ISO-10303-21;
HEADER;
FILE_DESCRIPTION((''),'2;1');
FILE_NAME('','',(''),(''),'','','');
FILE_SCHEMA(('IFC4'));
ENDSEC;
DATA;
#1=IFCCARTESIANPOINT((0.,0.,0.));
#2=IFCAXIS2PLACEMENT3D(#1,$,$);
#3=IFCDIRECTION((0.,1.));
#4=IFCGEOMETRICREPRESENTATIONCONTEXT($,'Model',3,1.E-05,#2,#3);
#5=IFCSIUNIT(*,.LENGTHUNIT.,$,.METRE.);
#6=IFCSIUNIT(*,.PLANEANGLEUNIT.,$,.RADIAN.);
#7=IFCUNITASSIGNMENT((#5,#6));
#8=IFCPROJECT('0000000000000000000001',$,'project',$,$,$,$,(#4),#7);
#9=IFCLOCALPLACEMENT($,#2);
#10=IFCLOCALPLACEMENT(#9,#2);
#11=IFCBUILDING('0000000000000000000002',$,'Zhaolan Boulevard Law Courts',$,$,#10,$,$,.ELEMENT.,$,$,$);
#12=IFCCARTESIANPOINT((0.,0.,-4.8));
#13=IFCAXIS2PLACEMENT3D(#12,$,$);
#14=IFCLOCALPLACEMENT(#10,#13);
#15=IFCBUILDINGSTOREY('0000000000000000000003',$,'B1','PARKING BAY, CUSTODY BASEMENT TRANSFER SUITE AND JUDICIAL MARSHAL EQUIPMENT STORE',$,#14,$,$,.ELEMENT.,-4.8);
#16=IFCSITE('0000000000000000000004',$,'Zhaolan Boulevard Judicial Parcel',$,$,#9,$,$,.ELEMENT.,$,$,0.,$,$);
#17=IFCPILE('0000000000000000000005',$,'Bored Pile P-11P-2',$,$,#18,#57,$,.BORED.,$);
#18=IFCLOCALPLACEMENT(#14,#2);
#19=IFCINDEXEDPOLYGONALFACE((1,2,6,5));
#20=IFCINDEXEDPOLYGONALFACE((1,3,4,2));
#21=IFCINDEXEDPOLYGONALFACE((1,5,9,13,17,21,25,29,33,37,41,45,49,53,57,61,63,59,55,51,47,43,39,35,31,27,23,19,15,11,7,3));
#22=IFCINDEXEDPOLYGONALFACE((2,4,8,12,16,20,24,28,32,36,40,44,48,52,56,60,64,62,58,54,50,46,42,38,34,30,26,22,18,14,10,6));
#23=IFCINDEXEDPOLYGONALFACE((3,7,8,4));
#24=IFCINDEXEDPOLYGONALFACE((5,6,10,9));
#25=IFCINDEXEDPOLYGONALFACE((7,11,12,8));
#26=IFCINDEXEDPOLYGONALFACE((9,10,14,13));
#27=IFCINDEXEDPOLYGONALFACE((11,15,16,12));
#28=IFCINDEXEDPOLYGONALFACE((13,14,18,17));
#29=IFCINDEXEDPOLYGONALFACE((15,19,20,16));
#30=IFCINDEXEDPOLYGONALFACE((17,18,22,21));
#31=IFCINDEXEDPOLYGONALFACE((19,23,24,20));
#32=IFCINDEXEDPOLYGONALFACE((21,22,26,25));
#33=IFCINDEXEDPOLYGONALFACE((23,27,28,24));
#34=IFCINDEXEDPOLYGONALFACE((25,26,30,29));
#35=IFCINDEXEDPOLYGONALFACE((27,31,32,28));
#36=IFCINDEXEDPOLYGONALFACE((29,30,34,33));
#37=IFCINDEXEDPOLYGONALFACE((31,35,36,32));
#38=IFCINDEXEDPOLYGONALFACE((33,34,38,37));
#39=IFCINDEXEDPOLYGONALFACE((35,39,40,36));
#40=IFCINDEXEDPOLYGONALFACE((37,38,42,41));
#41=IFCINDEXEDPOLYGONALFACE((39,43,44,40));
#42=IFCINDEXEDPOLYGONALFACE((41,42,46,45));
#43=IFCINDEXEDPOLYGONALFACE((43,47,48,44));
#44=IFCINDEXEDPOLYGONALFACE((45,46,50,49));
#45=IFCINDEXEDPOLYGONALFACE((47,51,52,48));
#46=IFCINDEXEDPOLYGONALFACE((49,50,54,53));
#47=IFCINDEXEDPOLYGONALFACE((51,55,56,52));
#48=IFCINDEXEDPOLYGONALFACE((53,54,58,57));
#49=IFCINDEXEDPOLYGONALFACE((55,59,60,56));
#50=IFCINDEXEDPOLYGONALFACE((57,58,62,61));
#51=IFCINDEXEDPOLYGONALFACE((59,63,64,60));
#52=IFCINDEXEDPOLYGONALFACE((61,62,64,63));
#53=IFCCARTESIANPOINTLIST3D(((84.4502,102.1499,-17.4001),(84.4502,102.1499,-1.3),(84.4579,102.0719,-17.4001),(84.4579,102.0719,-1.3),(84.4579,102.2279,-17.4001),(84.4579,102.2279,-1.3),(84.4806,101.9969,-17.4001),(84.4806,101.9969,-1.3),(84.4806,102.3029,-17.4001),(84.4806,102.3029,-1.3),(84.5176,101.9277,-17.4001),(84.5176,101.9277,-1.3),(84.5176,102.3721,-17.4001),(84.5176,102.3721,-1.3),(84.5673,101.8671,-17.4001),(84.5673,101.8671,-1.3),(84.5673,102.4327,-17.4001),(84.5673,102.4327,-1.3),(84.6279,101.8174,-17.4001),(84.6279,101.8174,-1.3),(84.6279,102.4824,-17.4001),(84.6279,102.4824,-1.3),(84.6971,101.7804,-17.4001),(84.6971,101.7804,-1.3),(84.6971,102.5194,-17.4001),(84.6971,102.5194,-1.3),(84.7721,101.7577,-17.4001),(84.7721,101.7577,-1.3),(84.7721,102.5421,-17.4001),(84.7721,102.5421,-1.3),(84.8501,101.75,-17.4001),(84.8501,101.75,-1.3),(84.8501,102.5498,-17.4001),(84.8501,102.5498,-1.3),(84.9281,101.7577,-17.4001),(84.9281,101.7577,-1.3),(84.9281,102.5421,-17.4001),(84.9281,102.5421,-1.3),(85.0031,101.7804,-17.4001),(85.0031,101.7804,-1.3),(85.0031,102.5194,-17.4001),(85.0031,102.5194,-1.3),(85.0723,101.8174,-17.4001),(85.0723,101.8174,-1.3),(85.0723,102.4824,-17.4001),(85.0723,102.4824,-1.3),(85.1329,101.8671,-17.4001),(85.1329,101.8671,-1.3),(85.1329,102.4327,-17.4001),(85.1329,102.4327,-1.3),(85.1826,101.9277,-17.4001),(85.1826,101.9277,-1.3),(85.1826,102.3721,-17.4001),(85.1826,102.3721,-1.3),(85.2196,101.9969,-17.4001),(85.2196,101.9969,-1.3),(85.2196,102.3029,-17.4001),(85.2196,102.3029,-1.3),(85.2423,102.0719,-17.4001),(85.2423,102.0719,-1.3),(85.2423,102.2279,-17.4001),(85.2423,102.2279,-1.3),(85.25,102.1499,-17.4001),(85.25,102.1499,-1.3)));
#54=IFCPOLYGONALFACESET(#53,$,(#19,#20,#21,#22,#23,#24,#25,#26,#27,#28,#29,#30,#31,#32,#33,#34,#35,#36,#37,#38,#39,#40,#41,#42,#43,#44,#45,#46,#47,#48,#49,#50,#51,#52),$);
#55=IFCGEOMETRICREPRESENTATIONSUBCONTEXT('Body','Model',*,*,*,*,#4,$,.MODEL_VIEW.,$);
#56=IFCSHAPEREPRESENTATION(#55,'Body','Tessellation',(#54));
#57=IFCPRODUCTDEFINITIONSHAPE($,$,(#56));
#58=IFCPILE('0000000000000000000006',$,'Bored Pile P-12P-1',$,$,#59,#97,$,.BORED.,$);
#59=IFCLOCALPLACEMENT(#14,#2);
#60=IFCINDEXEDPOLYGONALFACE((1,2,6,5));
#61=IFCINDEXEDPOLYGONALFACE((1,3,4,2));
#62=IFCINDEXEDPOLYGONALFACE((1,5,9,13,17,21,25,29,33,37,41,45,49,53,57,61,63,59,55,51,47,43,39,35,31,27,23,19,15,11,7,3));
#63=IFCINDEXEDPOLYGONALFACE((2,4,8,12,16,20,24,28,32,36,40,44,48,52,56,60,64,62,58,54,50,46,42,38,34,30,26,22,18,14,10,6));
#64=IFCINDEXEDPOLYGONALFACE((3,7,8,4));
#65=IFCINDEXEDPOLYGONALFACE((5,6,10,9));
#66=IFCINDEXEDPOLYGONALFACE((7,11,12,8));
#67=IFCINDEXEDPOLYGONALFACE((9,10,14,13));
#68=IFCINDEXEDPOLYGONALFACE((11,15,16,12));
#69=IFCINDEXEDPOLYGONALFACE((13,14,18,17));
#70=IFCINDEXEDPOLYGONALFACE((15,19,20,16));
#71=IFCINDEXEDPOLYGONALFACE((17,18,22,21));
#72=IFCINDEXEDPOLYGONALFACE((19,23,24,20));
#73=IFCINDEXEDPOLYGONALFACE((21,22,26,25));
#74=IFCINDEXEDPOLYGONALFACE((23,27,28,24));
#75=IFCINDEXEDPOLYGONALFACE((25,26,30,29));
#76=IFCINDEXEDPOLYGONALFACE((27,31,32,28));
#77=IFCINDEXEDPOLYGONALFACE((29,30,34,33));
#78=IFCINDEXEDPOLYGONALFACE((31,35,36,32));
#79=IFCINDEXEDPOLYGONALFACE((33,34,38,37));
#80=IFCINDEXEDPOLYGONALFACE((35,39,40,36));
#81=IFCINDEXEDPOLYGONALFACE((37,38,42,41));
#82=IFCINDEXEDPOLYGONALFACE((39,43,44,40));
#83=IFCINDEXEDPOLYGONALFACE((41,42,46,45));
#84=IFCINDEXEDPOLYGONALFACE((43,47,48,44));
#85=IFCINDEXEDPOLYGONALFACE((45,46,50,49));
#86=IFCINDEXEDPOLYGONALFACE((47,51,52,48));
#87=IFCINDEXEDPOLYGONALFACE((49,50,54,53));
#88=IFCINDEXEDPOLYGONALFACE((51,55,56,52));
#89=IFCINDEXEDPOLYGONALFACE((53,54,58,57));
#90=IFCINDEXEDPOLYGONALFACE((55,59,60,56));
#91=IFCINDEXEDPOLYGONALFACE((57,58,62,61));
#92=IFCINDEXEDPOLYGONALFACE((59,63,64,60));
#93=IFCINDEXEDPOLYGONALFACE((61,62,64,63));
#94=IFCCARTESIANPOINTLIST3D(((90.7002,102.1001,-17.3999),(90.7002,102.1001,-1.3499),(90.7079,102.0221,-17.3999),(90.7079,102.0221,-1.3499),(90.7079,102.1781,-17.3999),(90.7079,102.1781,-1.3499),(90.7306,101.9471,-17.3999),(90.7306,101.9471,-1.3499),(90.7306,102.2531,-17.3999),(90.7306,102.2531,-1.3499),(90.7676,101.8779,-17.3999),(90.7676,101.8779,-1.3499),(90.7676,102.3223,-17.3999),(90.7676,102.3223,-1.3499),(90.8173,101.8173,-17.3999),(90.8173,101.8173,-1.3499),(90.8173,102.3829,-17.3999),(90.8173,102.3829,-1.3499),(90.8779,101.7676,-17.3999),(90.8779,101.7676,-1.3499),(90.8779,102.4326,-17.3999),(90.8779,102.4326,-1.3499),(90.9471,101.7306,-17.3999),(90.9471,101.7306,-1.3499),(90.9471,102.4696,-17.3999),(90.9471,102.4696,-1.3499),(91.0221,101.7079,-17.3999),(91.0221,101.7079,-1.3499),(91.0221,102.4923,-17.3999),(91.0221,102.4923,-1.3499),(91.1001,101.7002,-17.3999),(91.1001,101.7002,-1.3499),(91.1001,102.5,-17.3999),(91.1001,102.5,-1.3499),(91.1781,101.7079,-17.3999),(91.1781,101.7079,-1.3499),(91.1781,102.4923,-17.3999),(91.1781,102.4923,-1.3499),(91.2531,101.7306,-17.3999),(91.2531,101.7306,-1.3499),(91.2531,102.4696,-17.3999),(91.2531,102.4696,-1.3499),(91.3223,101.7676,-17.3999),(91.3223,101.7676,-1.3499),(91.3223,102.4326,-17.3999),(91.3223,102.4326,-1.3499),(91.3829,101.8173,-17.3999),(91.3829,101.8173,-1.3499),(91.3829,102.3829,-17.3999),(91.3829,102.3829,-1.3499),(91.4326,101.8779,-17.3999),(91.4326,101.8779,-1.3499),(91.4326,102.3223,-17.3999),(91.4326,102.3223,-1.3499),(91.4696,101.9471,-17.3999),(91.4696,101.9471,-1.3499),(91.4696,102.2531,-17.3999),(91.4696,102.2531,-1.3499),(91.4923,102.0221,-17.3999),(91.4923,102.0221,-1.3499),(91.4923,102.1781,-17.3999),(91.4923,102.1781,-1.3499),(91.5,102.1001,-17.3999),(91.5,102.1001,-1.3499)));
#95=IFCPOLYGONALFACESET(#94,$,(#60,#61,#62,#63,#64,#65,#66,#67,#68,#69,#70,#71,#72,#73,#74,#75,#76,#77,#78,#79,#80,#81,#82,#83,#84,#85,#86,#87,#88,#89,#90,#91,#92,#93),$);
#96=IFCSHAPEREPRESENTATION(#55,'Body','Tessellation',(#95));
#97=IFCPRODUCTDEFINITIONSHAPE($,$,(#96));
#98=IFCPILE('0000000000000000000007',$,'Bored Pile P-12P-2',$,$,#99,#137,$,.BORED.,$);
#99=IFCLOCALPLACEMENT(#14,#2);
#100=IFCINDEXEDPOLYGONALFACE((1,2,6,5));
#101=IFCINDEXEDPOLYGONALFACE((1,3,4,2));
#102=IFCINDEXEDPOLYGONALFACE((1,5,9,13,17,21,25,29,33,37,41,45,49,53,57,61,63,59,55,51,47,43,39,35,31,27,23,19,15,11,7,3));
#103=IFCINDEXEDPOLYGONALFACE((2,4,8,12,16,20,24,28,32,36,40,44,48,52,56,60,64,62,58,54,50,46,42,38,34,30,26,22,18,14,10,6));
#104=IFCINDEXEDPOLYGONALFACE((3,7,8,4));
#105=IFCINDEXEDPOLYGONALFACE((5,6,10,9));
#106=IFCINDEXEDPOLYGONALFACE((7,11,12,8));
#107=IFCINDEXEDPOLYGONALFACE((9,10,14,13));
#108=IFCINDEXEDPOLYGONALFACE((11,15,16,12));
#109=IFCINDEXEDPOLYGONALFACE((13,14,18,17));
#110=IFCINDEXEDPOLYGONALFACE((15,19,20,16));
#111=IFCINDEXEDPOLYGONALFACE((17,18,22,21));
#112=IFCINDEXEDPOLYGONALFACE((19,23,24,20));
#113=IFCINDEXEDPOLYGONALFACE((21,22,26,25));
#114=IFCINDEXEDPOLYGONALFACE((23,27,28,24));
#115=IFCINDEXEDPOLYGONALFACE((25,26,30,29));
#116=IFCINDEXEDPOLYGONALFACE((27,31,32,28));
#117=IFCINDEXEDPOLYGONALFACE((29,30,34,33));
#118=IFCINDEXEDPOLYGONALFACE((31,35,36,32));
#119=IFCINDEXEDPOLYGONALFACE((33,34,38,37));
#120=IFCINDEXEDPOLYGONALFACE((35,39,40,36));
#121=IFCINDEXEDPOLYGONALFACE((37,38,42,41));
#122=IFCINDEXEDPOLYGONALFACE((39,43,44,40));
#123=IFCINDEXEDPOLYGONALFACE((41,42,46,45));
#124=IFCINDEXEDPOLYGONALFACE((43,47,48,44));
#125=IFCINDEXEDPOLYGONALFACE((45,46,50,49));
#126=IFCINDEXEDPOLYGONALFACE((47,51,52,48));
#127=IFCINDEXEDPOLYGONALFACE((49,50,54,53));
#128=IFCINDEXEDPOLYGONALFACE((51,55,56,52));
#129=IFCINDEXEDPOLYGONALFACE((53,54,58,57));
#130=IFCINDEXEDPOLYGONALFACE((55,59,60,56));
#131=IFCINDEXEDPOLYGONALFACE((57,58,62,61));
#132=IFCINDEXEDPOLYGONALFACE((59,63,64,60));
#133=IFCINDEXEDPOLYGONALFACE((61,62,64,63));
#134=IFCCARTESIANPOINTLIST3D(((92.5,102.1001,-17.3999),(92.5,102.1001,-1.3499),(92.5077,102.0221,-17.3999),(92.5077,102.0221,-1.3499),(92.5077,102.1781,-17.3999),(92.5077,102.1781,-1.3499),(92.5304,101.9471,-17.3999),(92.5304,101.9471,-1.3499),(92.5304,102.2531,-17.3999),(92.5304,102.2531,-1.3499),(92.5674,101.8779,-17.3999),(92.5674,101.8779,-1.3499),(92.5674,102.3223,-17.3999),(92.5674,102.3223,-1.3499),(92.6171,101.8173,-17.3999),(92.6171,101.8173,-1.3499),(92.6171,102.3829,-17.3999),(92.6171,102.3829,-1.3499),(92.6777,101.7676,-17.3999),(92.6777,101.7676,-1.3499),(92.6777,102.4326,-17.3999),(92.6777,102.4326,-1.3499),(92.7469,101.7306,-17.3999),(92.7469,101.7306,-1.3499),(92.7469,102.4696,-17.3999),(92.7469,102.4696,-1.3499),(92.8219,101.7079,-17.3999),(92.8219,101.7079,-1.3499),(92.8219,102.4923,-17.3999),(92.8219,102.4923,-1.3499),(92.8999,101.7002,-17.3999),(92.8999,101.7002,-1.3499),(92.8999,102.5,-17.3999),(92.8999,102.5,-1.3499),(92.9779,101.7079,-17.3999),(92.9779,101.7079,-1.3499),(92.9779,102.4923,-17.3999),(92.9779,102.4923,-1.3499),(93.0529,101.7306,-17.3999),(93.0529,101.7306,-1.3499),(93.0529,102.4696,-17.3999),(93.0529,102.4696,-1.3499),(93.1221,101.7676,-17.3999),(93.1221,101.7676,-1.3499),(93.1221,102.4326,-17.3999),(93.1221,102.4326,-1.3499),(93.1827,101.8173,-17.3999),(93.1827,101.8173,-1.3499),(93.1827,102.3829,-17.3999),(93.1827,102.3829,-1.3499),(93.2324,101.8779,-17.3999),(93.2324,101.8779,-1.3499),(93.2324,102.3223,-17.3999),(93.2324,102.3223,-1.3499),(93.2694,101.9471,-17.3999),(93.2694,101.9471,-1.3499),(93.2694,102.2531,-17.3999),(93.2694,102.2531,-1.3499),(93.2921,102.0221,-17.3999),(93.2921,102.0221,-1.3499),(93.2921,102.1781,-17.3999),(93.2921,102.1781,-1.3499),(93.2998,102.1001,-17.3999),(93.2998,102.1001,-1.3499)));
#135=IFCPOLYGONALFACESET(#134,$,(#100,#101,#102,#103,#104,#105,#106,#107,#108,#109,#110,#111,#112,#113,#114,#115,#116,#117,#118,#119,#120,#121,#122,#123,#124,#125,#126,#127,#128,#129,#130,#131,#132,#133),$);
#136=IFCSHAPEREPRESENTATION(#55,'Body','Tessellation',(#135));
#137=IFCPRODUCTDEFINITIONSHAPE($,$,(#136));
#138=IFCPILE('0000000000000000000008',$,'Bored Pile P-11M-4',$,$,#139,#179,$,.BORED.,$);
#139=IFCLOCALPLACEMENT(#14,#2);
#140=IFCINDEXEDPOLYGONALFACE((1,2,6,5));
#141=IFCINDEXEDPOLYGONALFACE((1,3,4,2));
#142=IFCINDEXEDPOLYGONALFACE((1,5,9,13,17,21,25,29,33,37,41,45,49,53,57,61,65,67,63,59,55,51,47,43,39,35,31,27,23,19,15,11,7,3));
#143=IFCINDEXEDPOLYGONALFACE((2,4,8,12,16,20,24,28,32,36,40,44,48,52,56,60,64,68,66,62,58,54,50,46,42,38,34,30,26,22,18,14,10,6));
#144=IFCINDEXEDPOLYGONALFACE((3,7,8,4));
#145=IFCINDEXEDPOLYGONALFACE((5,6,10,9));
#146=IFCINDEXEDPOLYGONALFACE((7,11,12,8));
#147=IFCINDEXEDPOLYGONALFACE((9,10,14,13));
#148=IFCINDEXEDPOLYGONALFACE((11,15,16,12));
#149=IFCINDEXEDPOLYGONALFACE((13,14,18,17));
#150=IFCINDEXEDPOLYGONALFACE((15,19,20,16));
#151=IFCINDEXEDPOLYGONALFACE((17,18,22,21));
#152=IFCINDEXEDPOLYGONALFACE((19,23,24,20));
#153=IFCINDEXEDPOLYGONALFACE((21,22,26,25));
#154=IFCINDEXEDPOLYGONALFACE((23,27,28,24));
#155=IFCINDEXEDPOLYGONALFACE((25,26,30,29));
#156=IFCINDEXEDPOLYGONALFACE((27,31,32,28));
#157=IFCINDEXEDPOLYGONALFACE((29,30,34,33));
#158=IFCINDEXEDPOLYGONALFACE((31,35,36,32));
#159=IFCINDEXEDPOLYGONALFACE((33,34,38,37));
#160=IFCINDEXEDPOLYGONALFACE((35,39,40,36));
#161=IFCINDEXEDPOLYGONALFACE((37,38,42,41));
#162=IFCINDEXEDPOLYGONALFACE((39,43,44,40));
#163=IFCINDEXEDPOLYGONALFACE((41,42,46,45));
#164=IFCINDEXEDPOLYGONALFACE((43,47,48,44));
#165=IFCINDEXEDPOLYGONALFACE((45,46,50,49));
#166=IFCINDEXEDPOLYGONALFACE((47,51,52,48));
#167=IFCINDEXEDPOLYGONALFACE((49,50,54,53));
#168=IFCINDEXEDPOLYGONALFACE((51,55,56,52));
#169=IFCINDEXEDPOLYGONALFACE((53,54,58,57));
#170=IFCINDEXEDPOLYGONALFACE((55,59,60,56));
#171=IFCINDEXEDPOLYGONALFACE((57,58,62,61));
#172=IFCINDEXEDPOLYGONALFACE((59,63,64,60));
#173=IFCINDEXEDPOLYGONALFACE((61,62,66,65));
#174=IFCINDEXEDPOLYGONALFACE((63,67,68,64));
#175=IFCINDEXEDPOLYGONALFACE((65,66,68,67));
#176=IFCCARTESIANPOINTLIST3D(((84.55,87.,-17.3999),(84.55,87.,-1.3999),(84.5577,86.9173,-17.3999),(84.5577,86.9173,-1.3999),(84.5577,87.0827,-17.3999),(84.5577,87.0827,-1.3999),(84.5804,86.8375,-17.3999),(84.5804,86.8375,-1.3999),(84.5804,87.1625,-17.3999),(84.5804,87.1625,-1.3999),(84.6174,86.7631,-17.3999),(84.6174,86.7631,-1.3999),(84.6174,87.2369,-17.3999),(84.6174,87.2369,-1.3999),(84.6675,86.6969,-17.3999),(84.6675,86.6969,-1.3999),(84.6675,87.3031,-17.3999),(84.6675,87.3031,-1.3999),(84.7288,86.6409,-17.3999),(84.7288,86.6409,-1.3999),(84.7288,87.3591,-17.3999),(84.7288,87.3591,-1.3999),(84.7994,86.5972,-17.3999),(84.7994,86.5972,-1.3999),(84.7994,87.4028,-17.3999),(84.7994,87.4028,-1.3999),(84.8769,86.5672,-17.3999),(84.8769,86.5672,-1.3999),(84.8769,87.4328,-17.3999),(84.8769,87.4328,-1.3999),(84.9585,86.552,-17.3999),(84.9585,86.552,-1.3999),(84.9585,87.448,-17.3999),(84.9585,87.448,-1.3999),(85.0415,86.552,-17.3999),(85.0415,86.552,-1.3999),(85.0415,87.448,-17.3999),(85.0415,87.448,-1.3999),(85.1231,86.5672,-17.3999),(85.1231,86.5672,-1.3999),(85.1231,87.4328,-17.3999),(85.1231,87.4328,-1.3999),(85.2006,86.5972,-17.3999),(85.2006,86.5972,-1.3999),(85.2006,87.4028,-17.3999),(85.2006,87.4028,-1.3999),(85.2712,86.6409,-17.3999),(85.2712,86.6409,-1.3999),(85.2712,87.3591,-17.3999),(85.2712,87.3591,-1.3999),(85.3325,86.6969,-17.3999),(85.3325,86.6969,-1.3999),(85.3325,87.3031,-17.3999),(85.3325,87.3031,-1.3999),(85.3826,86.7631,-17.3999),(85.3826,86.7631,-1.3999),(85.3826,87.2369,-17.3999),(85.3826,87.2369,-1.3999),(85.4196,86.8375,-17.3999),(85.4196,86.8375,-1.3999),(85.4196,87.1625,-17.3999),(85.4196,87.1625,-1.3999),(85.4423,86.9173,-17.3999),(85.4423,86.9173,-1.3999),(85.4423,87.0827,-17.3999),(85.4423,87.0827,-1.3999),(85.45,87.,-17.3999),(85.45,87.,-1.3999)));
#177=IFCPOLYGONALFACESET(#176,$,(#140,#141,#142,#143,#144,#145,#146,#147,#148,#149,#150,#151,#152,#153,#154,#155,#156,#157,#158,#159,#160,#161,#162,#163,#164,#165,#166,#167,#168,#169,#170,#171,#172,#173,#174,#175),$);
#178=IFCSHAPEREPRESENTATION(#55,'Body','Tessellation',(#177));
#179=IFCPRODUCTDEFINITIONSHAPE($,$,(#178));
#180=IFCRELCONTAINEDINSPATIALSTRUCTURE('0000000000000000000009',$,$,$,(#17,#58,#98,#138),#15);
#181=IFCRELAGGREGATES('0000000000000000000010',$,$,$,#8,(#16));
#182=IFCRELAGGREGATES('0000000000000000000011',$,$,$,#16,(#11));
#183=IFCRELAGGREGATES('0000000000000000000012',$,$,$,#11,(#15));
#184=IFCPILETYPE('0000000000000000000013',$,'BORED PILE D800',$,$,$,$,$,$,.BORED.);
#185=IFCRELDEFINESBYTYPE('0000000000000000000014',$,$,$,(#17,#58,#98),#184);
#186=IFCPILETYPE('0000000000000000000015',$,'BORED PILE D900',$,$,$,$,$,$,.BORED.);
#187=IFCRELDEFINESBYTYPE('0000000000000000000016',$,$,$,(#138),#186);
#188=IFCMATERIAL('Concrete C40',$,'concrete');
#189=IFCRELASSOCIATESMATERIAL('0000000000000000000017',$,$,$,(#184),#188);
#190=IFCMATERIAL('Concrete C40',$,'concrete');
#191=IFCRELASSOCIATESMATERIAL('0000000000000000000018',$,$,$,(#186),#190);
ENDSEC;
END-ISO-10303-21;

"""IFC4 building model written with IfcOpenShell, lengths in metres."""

from ifc_helpers import new_model, si_unit, direction, frame, origin, origin_2d, place, context, subcontext, project, spatial, circle, extrude, material, material_profile, profile_set, type_object, element, save


model = new_model("IFC4")

# Units and contexts
model_context = context("Model", 3, precision=1e-05, world=origin(), true_north=direction((0.0, 1.0)))
body_context = subcontext(model_context, "Body", "Model", "MODEL_VIEW")
ifc_project = project(units=[si_unit("LENGTHUNIT", "METRE"), si_unit("PLANEANGLEUNIT", "RADIAN")], contexts=[model_context])

# Site, building, storey
site_placement = place(None, origin())
site = spatial("IfcSite", under=ifc_project, at=site_placement, Name="Zhaolan Boulevard Judicial Parcel", CompositionType="ELEMENT", RefElevation=0.0)
building_placement = place(site_placement, origin())
building = spatial("IfcBuilding", under=site, at=building_placement, Name="Zhaolan Boulevard Law Courts", CompositionType="ELEMENT")
storey_placement = place(building_placement, frame((0.0, 0.0, -4.8)))
storey = spatial("IfcBuildingStorey", under=building, at=storey_placement, Name="B1", Description="PARKING BAY, CUSTODY BASEMENT TRANSFER SUITE AND JUDICIAL MARSHAL EQUIPMENT STORE", CompositionType="ELEMENT", Elevation=-4.8)

# Piles
ifc_material_1 = material(Name="Concrete C40", Category="concrete")
ifc_material_profile_1 = material_profile(ifc_material_1, circle(Radius=0.3999, at=origin_2d()), Name="PILE-D800")
ifc_profile_set_1 = profile_set([ifc_material_profile_1], Name="Concrete C40")
pile_type_1 = type_object("IfcPileType", Name="BORED PILE D800", PredefinedType="BORED", material=ifc_profile_set_1)
pile_placement = place(storey_placement, frame((84.8501, 102.1499, -1.3), z_axis=(0.0, 0.0, -1.0), x_axis=(1.0, 0.0, 0.0)))
element("IfcPile", 1, at=pile_placement, inside=storey, type_object=pile_type_1, Name="Bored Pile P-11P-2", PredefinedType="BORED", context=body_context, shape_type="SweptSolid", body=[
    extrude(circle(Radius=0.3999, at=origin_2d()), origin(), (0.0, 0.0, 1.0), 16.1001),
])
for number, where, z_axis, x_axis, name in (
    (2, (91.1001, 102.1001, -1.3499), (0.0, 0.0, -1.0), (1.0, 0.0, 0.0), "Bored Pile P-12P-1"),
    (3, (92.8999, 102.1001, -1.3499), (0.0, 0.0, -1.0), (1.0, 0.0, 0.0), "Bored Pile P-12P-2"),
):
    element("IfcPile", number, at=place(storey_placement, frame(where, z_axis=z_axis, x_axis=x_axis)), inside=storey, type_object=pile_type_1, Name=name, PredefinedType="BORED", context=body_context, shape_type="SweptSolid", body=[
        extrude(circle(Radius=0.3999, at=origin_2d()), origin(), (0.0, 0.0, 1.0), 16.05),
    ])
ifc_material_2 = material(Name="Concrete C40", Category="concrete")
ifc_material_profile_2 = material_profile(ifc_material_2, circle(Radius=0.45, at=origin_2d()), Name="PILE-D900")
ifc_profile_set_2 = profile_set([ifc_material_profile_2], Name="Concrete C40")
pile_type_2 = type_object("IfcPileType", Name="BORED PILE D900", PredefinedType="BORED", material=ifc_profile_set_2)
for number, where, z_axis, x_axis, name in (
    (4, (85.0, 87.0, -1.3999), (0.0, 0.0, -1.0), (1.0, 0.0, 0.0), "Bored Pile P-11M-4"),
):
    element("IfcPile", number, at=place(storey_placement, frame(where, z_axis=z_axis, x_axis=x_axis)), inside=storey, type_object=pile_type_2, Name=name, PredefinedType="BORED", context=body_context, shape_type="SweptSolid", body=[
        extrude(circle(Radius=0.45, at=origin_2d()), origin(), (0.0, 0.0, 1.0), 16.0),
    ])

save(model, "model.ifc")
